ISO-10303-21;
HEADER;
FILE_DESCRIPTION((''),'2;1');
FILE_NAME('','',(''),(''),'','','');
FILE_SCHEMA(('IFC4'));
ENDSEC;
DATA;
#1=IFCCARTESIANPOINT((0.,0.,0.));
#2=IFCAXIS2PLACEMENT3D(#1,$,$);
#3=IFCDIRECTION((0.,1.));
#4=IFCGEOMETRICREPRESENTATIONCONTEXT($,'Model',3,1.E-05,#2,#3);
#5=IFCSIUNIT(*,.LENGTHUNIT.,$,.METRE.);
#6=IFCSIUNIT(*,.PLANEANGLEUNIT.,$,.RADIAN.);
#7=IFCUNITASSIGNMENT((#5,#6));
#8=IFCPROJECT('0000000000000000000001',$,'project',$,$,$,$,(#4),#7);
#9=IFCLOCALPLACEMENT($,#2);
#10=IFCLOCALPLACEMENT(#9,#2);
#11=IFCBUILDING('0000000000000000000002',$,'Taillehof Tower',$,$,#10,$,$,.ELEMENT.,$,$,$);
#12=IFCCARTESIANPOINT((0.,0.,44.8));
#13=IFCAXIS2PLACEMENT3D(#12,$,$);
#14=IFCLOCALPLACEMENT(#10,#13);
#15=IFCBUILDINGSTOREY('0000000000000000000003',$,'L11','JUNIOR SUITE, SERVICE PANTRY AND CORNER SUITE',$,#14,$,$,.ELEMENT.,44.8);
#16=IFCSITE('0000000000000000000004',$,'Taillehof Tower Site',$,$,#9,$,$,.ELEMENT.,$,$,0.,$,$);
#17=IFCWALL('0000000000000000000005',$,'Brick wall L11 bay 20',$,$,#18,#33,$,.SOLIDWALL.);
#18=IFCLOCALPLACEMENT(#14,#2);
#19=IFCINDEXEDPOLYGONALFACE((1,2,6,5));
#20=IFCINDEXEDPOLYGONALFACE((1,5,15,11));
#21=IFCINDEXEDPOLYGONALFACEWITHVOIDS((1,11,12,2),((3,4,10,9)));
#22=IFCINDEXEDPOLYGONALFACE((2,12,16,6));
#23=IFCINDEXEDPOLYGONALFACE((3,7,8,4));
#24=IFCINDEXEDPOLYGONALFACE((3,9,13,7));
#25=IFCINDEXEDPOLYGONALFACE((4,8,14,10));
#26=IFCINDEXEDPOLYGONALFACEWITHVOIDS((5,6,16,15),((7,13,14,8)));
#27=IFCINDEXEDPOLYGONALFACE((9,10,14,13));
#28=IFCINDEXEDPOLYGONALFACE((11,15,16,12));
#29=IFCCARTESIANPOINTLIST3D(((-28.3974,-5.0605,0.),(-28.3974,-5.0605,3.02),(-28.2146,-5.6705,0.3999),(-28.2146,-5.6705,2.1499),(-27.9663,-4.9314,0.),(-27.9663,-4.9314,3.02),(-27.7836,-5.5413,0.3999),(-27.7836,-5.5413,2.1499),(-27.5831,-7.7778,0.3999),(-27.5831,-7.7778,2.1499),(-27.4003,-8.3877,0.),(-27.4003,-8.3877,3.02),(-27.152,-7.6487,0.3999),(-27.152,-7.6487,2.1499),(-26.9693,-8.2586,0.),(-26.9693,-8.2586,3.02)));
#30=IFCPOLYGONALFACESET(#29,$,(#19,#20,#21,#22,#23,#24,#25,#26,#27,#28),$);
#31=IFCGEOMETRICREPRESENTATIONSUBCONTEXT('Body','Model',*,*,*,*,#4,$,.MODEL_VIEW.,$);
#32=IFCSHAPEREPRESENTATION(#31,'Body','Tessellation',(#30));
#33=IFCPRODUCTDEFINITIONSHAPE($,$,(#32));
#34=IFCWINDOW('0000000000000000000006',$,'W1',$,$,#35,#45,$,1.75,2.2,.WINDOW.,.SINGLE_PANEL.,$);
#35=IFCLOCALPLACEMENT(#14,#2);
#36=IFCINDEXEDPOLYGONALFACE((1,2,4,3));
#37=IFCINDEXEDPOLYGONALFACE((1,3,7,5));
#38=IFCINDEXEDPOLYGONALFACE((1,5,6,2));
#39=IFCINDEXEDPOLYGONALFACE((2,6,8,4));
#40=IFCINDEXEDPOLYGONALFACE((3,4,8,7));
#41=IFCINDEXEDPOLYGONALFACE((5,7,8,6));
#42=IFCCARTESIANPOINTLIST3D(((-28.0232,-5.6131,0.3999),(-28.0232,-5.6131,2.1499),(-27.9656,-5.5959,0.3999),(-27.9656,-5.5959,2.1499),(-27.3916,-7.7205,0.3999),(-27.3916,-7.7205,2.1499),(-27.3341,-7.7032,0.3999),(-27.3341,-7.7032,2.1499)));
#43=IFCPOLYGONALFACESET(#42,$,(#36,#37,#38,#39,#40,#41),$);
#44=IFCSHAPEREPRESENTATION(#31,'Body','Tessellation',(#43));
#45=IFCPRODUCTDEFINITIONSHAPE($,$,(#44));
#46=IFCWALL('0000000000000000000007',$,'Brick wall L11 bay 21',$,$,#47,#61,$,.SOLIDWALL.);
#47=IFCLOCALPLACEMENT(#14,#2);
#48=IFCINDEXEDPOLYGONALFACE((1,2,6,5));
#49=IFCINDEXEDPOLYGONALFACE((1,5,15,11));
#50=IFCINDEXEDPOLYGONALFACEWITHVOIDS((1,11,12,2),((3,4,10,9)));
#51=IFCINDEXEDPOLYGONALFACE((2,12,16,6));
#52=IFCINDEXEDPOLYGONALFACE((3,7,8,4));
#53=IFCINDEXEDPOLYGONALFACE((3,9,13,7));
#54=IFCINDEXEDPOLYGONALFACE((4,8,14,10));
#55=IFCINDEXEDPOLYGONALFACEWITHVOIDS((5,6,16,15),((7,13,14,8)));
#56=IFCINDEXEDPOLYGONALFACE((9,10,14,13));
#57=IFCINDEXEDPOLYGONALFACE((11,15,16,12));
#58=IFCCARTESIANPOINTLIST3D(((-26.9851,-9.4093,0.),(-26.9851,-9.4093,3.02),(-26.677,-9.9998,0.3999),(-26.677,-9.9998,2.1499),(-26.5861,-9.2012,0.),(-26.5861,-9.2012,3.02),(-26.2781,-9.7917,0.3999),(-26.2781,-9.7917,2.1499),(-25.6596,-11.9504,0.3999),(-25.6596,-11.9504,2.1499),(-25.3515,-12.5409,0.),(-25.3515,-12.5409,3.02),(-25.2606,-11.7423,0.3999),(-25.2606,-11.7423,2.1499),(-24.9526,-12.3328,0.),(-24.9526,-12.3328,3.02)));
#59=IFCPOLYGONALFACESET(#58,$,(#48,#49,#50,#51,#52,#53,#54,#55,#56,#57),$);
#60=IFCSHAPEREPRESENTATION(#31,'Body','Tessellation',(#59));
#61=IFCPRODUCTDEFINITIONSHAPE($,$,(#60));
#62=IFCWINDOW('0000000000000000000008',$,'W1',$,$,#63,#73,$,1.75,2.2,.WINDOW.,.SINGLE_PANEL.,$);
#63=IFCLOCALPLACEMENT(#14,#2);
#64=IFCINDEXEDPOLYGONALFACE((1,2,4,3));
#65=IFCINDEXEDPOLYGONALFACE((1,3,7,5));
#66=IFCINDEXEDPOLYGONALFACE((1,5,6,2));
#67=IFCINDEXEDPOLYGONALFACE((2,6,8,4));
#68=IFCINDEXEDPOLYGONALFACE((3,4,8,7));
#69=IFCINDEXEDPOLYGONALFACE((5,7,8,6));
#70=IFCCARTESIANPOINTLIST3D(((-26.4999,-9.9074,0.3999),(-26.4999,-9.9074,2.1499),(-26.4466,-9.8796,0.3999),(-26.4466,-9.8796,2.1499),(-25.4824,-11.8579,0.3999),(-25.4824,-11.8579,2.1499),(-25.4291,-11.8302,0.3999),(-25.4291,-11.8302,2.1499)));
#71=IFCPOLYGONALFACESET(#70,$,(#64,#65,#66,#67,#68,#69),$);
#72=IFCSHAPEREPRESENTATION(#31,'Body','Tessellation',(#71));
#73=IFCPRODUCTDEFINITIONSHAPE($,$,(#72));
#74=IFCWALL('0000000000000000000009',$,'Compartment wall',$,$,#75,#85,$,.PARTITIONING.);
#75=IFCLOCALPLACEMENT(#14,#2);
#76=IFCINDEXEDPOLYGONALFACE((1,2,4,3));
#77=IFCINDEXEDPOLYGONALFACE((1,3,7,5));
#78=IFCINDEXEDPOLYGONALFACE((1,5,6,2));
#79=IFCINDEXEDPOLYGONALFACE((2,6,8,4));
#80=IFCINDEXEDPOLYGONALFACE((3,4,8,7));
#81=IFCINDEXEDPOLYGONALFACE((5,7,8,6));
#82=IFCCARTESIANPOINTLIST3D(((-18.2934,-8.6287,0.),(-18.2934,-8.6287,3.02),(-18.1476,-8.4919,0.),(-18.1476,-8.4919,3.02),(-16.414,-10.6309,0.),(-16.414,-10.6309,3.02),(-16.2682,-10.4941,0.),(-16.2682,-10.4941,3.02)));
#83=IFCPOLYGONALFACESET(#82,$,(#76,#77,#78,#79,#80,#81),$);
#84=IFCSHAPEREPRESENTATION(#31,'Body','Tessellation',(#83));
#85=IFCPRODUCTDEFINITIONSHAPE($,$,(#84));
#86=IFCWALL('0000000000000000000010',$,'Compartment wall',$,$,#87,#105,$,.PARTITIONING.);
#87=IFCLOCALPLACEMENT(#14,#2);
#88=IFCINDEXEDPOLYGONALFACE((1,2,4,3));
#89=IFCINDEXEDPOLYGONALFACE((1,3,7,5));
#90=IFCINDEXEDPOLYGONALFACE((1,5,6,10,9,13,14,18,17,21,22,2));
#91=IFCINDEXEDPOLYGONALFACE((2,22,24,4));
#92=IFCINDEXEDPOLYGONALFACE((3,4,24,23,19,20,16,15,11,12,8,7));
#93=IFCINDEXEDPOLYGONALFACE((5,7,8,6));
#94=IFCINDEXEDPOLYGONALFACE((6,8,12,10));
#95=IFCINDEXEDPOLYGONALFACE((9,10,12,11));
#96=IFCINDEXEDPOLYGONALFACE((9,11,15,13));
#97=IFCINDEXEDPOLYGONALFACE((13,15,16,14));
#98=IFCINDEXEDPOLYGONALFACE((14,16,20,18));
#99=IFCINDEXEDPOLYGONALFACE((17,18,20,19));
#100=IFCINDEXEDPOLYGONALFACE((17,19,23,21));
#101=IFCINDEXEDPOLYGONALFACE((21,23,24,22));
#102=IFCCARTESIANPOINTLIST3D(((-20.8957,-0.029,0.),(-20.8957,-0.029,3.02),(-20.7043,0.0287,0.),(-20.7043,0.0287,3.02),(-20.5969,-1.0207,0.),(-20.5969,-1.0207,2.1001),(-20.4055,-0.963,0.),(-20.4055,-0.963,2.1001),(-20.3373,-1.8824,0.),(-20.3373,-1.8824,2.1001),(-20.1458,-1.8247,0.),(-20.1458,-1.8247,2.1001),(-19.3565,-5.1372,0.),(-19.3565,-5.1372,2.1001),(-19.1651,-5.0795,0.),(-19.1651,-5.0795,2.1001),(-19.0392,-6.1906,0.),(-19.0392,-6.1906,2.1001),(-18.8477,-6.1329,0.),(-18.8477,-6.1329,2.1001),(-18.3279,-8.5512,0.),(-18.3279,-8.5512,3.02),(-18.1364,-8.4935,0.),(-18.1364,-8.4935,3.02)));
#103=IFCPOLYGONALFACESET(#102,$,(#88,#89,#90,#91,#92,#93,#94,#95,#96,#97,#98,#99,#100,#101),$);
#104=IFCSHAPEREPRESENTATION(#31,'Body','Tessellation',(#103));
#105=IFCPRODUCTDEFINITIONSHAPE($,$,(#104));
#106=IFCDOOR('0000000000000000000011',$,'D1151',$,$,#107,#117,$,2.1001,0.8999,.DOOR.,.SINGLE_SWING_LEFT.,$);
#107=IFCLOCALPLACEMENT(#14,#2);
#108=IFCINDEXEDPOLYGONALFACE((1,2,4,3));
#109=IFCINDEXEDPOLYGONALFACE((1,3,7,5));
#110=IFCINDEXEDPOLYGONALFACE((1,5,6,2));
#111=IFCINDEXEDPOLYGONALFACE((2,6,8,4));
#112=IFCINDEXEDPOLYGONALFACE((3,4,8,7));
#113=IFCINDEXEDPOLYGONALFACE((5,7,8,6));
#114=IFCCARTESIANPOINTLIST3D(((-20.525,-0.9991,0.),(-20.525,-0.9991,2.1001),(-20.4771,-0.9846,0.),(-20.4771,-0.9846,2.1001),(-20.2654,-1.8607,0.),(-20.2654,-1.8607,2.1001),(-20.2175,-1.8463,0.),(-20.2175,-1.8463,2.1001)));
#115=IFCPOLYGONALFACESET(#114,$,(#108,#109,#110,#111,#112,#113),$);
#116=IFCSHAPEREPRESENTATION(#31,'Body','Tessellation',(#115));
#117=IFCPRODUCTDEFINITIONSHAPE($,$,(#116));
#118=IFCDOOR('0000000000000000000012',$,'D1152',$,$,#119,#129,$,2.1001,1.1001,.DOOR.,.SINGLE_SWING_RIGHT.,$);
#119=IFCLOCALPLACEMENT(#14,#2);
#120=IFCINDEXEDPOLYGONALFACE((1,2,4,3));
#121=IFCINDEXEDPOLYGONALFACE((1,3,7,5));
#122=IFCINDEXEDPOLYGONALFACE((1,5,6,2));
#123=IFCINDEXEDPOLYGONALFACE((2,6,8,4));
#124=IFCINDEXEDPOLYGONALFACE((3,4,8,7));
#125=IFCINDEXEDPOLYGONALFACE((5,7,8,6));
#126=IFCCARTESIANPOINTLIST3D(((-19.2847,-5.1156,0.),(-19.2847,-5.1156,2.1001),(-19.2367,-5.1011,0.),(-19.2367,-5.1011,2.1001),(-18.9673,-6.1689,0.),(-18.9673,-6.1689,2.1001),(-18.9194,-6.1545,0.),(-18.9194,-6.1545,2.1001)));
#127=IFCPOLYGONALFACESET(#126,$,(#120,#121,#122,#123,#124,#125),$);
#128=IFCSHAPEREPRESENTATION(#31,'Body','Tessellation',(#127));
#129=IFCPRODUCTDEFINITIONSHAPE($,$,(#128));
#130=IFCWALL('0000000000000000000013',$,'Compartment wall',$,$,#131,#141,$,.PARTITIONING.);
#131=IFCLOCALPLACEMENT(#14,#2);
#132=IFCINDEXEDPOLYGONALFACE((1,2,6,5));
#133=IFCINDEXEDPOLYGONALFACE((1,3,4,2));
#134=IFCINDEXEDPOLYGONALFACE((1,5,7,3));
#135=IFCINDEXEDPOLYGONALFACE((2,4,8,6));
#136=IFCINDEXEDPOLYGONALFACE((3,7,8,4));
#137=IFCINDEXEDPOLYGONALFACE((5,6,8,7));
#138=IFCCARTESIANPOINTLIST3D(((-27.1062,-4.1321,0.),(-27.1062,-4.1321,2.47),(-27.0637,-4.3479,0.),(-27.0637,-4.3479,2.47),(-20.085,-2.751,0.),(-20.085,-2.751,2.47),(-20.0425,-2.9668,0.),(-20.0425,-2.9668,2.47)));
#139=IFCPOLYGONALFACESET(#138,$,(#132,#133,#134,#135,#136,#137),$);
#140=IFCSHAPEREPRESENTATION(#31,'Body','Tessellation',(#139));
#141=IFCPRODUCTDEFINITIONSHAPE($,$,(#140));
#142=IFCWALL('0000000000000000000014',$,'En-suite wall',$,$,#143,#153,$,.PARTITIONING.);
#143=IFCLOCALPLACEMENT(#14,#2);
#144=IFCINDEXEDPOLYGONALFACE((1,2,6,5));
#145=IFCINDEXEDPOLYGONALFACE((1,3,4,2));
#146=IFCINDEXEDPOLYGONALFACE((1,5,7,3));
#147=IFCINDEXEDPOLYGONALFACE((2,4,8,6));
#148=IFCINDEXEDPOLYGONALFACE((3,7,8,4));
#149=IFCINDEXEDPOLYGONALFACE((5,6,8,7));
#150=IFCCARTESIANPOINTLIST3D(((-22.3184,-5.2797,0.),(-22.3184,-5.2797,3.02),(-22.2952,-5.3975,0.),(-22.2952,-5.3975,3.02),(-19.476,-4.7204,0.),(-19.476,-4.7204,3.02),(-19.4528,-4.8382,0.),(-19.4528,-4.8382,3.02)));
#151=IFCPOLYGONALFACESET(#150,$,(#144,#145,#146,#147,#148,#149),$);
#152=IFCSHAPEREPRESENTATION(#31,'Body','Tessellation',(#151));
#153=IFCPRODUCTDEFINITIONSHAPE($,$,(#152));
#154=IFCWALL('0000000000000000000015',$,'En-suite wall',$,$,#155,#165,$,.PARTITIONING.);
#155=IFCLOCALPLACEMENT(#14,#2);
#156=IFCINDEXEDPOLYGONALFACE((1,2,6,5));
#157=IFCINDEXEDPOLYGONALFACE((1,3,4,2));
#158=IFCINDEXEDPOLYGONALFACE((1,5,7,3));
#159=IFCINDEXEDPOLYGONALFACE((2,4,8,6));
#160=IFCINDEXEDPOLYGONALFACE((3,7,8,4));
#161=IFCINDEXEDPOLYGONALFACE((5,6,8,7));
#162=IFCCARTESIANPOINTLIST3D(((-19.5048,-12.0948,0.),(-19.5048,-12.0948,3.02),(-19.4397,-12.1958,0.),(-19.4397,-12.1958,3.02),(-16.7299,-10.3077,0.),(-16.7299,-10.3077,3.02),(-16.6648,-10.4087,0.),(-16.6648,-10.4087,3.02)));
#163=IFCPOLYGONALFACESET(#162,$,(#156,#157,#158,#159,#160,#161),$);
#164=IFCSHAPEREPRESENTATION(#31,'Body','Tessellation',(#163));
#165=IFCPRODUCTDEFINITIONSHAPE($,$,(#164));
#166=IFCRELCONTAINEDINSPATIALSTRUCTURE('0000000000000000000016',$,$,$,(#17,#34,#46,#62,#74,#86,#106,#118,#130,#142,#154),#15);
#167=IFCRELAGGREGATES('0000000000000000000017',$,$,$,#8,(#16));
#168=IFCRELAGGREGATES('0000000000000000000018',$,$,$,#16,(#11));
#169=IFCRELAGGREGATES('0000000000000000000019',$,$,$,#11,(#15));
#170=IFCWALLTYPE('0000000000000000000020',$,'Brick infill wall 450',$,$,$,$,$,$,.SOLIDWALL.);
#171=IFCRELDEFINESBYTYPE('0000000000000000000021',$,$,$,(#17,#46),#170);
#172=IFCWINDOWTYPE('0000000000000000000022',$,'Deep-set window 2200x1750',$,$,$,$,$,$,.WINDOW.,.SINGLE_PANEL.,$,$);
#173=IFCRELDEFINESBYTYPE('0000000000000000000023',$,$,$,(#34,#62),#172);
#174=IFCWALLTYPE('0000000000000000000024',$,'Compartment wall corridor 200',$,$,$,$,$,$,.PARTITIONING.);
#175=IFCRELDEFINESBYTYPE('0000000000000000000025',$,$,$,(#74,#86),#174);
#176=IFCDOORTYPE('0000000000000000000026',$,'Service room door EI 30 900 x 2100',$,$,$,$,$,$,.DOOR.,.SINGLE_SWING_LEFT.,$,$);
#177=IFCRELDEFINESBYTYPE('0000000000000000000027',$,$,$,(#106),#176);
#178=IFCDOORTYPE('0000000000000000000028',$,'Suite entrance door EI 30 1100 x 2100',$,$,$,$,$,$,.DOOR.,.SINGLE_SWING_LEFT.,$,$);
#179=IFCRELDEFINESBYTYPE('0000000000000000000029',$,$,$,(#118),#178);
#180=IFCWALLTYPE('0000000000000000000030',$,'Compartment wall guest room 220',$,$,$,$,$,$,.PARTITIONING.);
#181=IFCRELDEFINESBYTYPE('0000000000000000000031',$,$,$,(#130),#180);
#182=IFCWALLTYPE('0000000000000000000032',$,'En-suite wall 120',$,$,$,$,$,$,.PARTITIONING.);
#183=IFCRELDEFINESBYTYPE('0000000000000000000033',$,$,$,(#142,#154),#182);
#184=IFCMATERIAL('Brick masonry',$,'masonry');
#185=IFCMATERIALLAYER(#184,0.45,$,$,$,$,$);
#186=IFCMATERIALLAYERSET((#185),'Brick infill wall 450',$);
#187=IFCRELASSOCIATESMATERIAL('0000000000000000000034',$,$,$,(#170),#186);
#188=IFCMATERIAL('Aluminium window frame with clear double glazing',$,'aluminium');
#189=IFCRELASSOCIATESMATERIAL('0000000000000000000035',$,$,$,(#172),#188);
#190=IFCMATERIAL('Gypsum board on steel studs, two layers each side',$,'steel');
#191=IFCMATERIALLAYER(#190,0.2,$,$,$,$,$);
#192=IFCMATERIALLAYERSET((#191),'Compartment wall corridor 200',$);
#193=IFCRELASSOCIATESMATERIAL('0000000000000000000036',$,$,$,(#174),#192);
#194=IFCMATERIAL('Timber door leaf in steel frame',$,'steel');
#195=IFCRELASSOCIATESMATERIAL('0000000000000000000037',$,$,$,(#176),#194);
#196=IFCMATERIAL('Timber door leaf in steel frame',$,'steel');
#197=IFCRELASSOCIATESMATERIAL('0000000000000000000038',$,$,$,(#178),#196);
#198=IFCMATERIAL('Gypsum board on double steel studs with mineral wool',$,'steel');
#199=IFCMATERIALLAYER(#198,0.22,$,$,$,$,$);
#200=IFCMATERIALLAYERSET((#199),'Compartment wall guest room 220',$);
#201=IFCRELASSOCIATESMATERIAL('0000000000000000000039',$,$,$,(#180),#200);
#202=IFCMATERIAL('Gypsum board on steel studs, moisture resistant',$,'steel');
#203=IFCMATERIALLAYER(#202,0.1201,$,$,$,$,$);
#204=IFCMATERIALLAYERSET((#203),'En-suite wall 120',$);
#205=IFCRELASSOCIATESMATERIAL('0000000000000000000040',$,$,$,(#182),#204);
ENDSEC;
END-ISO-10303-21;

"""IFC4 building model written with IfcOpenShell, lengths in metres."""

from ifc_helpers import new_model, si_unit, direction, frame, frame_2d, origin, place, context, subcontext, project, spatial, rectangle, extrude, material, layer, layer_set, type_object, element, fill, save


model = new_model("IFC4")

# Units and contexts
model_context = context("Model", 3, precision=1e-05, world=origin(), true_north=direction((0.0, 1.0)))
body_context = subcontext(model_context, "Body", "Model", "MODEL_VIEW")
ifc_project = project(units=[si_unit("LENGTHUNIT", "METRE"), si_unit("PLANEANGLEUNIT", "RADIAN")], contexts=[model_context])

# Site, building, storey
site_placement = place(None, origin())
site = spatial("IfcSite", under=ifc_project, at=site_placement, Name="Taillehof Tower Site", CompositionType="ELEMENT", RefElevation=0.0)
building_placement = place(site_placement, origin())
building = spatial("IfcBuilding", under=site, at=building_placement, Name="Taillehof Tower", CompositionType="ELEMENT")
storey_placement = place(building_placement, frame((0.0, 0.0, 44.8)))
storey = spatial("IfcBuildingStorey", under=building, at=storey_placement, Name="L11", Description="JUNIOR SUITE, SERVICE PANTRY AND CORNER SUITE", CompositionType="ELEMENT", Elevation=44.8)

# Walls, openings, windows
ifc_material_1 = material(Name="Brick masonry", Category="masonry")
ifc_layer_1 = layer(ifc_material_1, 0.45)
ifc_layer_set_1 = layer_set([ifc_layer_1], Name="Brick infill wall 450")
wall_type_1 = type_object("IfcWallType", Name="Brick infill wall 450", PredefinedType="SOLIDWALL", material=ifc_layer_set_1)
ifc_material_2 = material(Name="Aluminium window frame with clear double glazing", Category="aluminium")
window_type = type_object("IfcWindowType", Name="Deep-set window 2200x1750", PartitioningType="SINGLE_PANEL", PredefinedType="WINDOW", material=ifc_material_2)
wall_1_placement = place(storey_placement, frame((-28.1819, -4.9958, 0.0), z_axis=(0.0, 0.0, 1.0), x_axis=(0.287064, -0.957911, 0.0)))
wall_1 = element("IfcWall", 1, at=wall_1_placement, inside=storey, type_object=wall_type_1, Name="Brick wall L11 bay 20", PredefinedType="SOLIDWALL", context=body_context, shape_type="SweptSolid", body=[
    extrude(rectangle(XDim=3.4734, YDim=0.45, at=frame_2d((1.7368, 0.0))), origin(), (0.0, 0.0, 1.0), 3.02),
])
opening_1_placement = place(wall_1_placement, frame((0.6367, 0.0, 0.3999)))
opening_1 = element("IfcOpeningElement", 2, at=opening_1_placement, cuts=wall_1, PredefinedType="OPENING", context=body_context, shape_type="SweptSolid", body=[
    extrude(rectangle(XDim=2.2, YDim=1.75, at=frame_2d((1.1001, 0.875))), frame((0.0, 0.2349, 0.0), z_axis=(0.0, -1.0, 0.0), x_axis=(1.0, 0.0, 0.0)), (0.0, 0.0, 1.0), 0.47),
])
window_1_placement = place(opening_1_placement, origin())
window_1 = element("IfcWindow", 3, at=window_1_placement, inside=storey, type_object=window_type, Name="W1", OverallHeight=1.75, OverallWidth=2.2, PartitioningType="SINGLE_PANEL", PredefinedType="WINDOW", context=body_context, shape_type="SweptSolid", body=[
    extrude(rectangle(XDim=2.2, YDim=1.75, at=frame_2d((1.1001, 0.875))), frame((0.0, 0.0349, 0.0), z_axis=(0.0, -1.0, 0.0), x_axis=(1.0, 0.0, 0.0)), (0.0, 0.0, 1.0), 0.0601),
])
fill(opening_1, window_1)
wall_2_placement = place(storey_placement, frame((-26.7856, -9.3052, 0.0), z_axis=(0.0, 0.0, 1.0), x_axis=(0.462493, -0.886623, 0.0)))
wall_2 = element("IfcWall", 4, at=wall_2_placement, inside=storey, type_object=wall_type_1, Name="Brick wall L11 bay 21", PredefinedType="SOLIDWALL", context=body_context, shape_type="SweptSolid", body=[
    extrude(rectangle(XDim=3.532, YDim=0.45, at=frame_2d((1.7661, 0.0))), origin(), (0.0, 0.0, 1.0), 3.02),
])
opening_2_placement = place(wall_2_placement, frame((0.666, 0.0, 0.3999)))
opening_2 = element("IfcOpeningElement", 5, at=opening_2_placement, cuts=wall_2, PredefinedType="OPENING", context=body_context, shape_type="SweptSolid", body=[
    extrude(rectangle(XDim=2.2, YDim=1.75, at=frame_2d((1.1001, 0.875))), frame((0.0, 0.2349, 0.0), z_axis=(0.0, -1.0, 0.0), x_axis=(1.0, 0.0, 0.0)), (0.0, 0.0, 1.0), 0.47),
])
window_2_placement = place(opening_2_placement, origin())
window_2 = element("IfcWindow", 6, at=window_2_placement, inside=storey, type_object=window_type, Name="W1", OverallHeight=1.75, OverallWidth=2.2, PartitioningType="SINGLE_PANEL", PredefinedType="WINDOW", context=body_context, shape_type="SweptSolid", body=[
    extrude(rectangle(XDim=2.2, YDim=1.75, at=frame_2d((1.1001, 0.875))), frame((0.0, 0.0349, 0.0), z_axis=(0.0, -1.0, 0.0), x_axis=(1.0, 0.0, 0.0)), (0.0, 0.0, 1.0), 0.0601),
])
fill(opening_2, window_2)

# Wall
ifc_material_3 = material(Name="Gypsum board on steel studs, two layers each side", Category="steel")
ifc_layer_2 = layer(ifc_material_3, 0.2)
ifc_layer_set_2 = layer_set([ifc_layer_2], Name="Compartment wall corridor 200")
wall_type_2 = type_object("IfcWallType", Name="Compartment wall corridor 200", PredefinedType="PARTITIONING", material=ifc_layer_set_2)
wall_3_placement = place(storey_placement, frame((-16.3411, -10.5625, 0.0), z_axis=(0.0, 0.0, 1.0), x_axis=(-0.684393, 0.729113, 0.0)))
element("IfcWall", 7, at=wall_3_placement, inside=storey, type_object=wall_type_2, Name="Compartment wall", PredefinedType="PARTITIONING", context=body_context, shape_type="SweptSolid", body=[
    extrude(rectangle(XDim=2.7461, YDim=0.2, at=frame_2d((1.373, 0.0))), origin(), (0.0, 0.0, 1.0), 3.02),
])

# Wall, openings, doors
wall_4_placement = place(storey_placement, frame((-18.2322, -8.5222, 0.0), z_axis=(0.0, 0.0, 1.0), x_axis=(-0.288503, 0.957479, 0.0)))
wall_4 = element("IfcWall", 8, at=wall_4_placement, inside=storey, type_object=wall_type_2, Name="Compartment wall", PredefinedType="PARTITIONING", context=body_context, shape_type="SweptSolid", body=[
    extrude(rectangle(XDim=8.9006, YDim=0.2, at=frame_2d((4.4502, 0.0))), origin(), (0.0, 0.0, 1.0), 3.02),
])
opening_3_placement = place(wall_4_placement, frame((6.9648, 0.0, 0.0)))
opening_3 = element("IfcOpeningElement", 9, at=opening_3_placement, cuts=wall_4, PredefinedType="OPENING", context=body_context, shape_type="SweptSolid", body=[
    extrude(rectangle(XDim=0.8999, YDim=2.1001, at=frame_2d((0.45, 1.05))), frame((0.0, 0.1099, 0.0), z_axis=(0.0, -1.0, 0.0), x_axis=(1.0, 0.0, 0.0)), (0.0, 0.0, 1.0), 0.22),
])
opening_4_placement = place(wall_4_placement, frame((2.4653, 0.0, 0.0)))
opening_4 = element("IfcOpeningElement", 10, at=opening_4_placement, cuts=wall_4, PredefinedType="OPENING", context=body_context, shape_type="SweptSolid", body=[
    extrude(rectangle(XDim=1.1001, YDim=2.1001, at=frame_2d((0.55, 1.05))), frame((0.0, 0.1099, 0.0), z_axis=(0.0, -1.0, 0.0), x_axis=(1.0, 0.0, 0.0)), (0.0, 0.0, 1.0), 0.22),
])
ifc_material_4 = material(Name="Timber door leaf in steel frame", Category="steel")
door_type_1 = type_object("IfcDoorType", Name="Service room door EI 30 900 x 2100", OperationType="SINGLE_SWING_LEFT", PredefinedType="DOOR", material=ifc_material_4)
door_1_placement = place(opening_3_placement, origin())
door_1 = element("IfcDoor", 11, at=door_1_placement, inside=storey, type_object=door_type_1, Name="D1151", OperationType="SINGLE_SWING_LEFT", OverallHeight=2.1001, OverallWidth=0.8999, PredefinedType="DOOR", context=body_context, shape_type="SweptSolid", body=[
    extrude(rectangle(XDim=0.8999, YDim=2.1001, at=frame_2d((0.45, 1.05))), frame((0.0, 0.0249, 0.0), z_axis=(0.0, -1.0, 0.0), x_axis=(1.0, 0.0, 0.0)), (0.0, 0.0, 1.0), 0.05),
])
fill(opening_3, door_1)
ifc_material_5 = material(Name="Timber door leaf in steel frame", Category="steel")
door_type_2 = type_object("IfcDoorType", Name="Suite entrance door EI 30 1100 x 2100", OperationType="SINGLE_SWING_LEFT", PredefinedType="DOOR", material=ifc_material_5)
door_2_placement = place(opening_4_placement, origin())
door_2 = element("IfcDoor", 12, at=door_2_placement, inside=storey, type_object=door_type_2, Name="D1152", OperationType="SINGLE_SWING_RIGHT", OverallHeight=2.1001, OverallWidth=1.1001, PredefinedType="DOOR", context=body_context, shape_type="SweptSolid", body=[
    extrude(rectangle(XDim=1.1001, YDim=2.1001, at=frame_2d((0.55, 1.05))), frame((0.0, 0.0249, 0.0), z_axis=(0.0, -1.0, 0.0), x_axis=(1.0, 0.0, 0.0)), (0.0, 0.0, 1.0), 0.05),
])
fill(opening_4, door_2)

# Walls
ifc_material_6 = material(Name="Gypsum board on double steel studs with mineral wool", Category="steel")
ifc_layer_3 = layer(ifc_material_6, 0.22)
ifc_layer_set_3 = layer_set([ifc_layer_3], Name="Compartment wall guest room 220")
wall_type_3 = type_object("IfcWallType", Name="Compartment wall guest room 220", PredefinedType="PARTITIONING", material=ifc_layer_set_3)
wall_5_placement = place(storey_placement, frame((-27.085, -4.24, 0.0), z_axis=(0.0, 0.0, 1.0), x_axis=(0.981198, 0.193005, 0.0)))
element("IfcWall", 13, at=wall_5_placement, inside=storey, type_object=wall_type_3, Name="Compartment wall", PredefinedType="PARTITIONING", context=body_context, shape_type="SweptSolid", body=[
    extrude(rectangle(XDim=7.1558, YDim=0.22, at=frame_2d((3.5779, 0.0))), origin(), (0.0, 0.0, 1.0), 2.47),
])
ifc_material_7 = material(Name="Gypsum board on steel studs, moisture resistant", Category="steel")
ifc_layer_4 = layer(ifc_material_7, 0.1201)
ifc_layer_set_4 = layer_set([ifc_layer_4], Name="En-suite wall 120")
wall_type_4 = type_object("IfcWallType", Name="En-suite wall 120", PredefinedType="PARTITIONING", material=ifc_layer_set_4)
wall_6_placement = place(storey_placement, frame((-19.4644, -4.7793, 0.0), z_axis=(0.0, 0.0, 1.0), x_axis=(-0.981185, -0.193068, 0.0)))
element("IfcWall", 14, at=wall_6_placement, inside=storey, type_object=wall_type_4, Name="En-suite wall", PredefinedType="PARTITIONING", context=body_context, shape_type="SweptSolid", body=[
    extrude(rectangle(XDim=2.897, YDim=0.1201, at=frame_2d((1.4485, 0.0))), origin(), (0.0, 0.0, 1.0), 3.02),
])
wall_7_placement = place(storey_placement, frame((-16.6973, -10.3582, 0.0), z_axis=(0.0, 0.0, 1.0), x_axis=(-0.840731, -0.541453, 0.0)))
element("IfcWall", 15, at=wall_7_placement, inside=storey, type_object=wall_type_4, Name="En-suite wall", PredefinedType="PARTITIONING", context=body_context, shape_type="SweptSolid", body=[
    extrude(rectangle(XDim=3.3005, YDim=0.1201, at=frame_2d((1.6504, 0.0))), origin(), (0.0, 0.0, 1.0), 3.02),
])

save(model, "model.ifc")
